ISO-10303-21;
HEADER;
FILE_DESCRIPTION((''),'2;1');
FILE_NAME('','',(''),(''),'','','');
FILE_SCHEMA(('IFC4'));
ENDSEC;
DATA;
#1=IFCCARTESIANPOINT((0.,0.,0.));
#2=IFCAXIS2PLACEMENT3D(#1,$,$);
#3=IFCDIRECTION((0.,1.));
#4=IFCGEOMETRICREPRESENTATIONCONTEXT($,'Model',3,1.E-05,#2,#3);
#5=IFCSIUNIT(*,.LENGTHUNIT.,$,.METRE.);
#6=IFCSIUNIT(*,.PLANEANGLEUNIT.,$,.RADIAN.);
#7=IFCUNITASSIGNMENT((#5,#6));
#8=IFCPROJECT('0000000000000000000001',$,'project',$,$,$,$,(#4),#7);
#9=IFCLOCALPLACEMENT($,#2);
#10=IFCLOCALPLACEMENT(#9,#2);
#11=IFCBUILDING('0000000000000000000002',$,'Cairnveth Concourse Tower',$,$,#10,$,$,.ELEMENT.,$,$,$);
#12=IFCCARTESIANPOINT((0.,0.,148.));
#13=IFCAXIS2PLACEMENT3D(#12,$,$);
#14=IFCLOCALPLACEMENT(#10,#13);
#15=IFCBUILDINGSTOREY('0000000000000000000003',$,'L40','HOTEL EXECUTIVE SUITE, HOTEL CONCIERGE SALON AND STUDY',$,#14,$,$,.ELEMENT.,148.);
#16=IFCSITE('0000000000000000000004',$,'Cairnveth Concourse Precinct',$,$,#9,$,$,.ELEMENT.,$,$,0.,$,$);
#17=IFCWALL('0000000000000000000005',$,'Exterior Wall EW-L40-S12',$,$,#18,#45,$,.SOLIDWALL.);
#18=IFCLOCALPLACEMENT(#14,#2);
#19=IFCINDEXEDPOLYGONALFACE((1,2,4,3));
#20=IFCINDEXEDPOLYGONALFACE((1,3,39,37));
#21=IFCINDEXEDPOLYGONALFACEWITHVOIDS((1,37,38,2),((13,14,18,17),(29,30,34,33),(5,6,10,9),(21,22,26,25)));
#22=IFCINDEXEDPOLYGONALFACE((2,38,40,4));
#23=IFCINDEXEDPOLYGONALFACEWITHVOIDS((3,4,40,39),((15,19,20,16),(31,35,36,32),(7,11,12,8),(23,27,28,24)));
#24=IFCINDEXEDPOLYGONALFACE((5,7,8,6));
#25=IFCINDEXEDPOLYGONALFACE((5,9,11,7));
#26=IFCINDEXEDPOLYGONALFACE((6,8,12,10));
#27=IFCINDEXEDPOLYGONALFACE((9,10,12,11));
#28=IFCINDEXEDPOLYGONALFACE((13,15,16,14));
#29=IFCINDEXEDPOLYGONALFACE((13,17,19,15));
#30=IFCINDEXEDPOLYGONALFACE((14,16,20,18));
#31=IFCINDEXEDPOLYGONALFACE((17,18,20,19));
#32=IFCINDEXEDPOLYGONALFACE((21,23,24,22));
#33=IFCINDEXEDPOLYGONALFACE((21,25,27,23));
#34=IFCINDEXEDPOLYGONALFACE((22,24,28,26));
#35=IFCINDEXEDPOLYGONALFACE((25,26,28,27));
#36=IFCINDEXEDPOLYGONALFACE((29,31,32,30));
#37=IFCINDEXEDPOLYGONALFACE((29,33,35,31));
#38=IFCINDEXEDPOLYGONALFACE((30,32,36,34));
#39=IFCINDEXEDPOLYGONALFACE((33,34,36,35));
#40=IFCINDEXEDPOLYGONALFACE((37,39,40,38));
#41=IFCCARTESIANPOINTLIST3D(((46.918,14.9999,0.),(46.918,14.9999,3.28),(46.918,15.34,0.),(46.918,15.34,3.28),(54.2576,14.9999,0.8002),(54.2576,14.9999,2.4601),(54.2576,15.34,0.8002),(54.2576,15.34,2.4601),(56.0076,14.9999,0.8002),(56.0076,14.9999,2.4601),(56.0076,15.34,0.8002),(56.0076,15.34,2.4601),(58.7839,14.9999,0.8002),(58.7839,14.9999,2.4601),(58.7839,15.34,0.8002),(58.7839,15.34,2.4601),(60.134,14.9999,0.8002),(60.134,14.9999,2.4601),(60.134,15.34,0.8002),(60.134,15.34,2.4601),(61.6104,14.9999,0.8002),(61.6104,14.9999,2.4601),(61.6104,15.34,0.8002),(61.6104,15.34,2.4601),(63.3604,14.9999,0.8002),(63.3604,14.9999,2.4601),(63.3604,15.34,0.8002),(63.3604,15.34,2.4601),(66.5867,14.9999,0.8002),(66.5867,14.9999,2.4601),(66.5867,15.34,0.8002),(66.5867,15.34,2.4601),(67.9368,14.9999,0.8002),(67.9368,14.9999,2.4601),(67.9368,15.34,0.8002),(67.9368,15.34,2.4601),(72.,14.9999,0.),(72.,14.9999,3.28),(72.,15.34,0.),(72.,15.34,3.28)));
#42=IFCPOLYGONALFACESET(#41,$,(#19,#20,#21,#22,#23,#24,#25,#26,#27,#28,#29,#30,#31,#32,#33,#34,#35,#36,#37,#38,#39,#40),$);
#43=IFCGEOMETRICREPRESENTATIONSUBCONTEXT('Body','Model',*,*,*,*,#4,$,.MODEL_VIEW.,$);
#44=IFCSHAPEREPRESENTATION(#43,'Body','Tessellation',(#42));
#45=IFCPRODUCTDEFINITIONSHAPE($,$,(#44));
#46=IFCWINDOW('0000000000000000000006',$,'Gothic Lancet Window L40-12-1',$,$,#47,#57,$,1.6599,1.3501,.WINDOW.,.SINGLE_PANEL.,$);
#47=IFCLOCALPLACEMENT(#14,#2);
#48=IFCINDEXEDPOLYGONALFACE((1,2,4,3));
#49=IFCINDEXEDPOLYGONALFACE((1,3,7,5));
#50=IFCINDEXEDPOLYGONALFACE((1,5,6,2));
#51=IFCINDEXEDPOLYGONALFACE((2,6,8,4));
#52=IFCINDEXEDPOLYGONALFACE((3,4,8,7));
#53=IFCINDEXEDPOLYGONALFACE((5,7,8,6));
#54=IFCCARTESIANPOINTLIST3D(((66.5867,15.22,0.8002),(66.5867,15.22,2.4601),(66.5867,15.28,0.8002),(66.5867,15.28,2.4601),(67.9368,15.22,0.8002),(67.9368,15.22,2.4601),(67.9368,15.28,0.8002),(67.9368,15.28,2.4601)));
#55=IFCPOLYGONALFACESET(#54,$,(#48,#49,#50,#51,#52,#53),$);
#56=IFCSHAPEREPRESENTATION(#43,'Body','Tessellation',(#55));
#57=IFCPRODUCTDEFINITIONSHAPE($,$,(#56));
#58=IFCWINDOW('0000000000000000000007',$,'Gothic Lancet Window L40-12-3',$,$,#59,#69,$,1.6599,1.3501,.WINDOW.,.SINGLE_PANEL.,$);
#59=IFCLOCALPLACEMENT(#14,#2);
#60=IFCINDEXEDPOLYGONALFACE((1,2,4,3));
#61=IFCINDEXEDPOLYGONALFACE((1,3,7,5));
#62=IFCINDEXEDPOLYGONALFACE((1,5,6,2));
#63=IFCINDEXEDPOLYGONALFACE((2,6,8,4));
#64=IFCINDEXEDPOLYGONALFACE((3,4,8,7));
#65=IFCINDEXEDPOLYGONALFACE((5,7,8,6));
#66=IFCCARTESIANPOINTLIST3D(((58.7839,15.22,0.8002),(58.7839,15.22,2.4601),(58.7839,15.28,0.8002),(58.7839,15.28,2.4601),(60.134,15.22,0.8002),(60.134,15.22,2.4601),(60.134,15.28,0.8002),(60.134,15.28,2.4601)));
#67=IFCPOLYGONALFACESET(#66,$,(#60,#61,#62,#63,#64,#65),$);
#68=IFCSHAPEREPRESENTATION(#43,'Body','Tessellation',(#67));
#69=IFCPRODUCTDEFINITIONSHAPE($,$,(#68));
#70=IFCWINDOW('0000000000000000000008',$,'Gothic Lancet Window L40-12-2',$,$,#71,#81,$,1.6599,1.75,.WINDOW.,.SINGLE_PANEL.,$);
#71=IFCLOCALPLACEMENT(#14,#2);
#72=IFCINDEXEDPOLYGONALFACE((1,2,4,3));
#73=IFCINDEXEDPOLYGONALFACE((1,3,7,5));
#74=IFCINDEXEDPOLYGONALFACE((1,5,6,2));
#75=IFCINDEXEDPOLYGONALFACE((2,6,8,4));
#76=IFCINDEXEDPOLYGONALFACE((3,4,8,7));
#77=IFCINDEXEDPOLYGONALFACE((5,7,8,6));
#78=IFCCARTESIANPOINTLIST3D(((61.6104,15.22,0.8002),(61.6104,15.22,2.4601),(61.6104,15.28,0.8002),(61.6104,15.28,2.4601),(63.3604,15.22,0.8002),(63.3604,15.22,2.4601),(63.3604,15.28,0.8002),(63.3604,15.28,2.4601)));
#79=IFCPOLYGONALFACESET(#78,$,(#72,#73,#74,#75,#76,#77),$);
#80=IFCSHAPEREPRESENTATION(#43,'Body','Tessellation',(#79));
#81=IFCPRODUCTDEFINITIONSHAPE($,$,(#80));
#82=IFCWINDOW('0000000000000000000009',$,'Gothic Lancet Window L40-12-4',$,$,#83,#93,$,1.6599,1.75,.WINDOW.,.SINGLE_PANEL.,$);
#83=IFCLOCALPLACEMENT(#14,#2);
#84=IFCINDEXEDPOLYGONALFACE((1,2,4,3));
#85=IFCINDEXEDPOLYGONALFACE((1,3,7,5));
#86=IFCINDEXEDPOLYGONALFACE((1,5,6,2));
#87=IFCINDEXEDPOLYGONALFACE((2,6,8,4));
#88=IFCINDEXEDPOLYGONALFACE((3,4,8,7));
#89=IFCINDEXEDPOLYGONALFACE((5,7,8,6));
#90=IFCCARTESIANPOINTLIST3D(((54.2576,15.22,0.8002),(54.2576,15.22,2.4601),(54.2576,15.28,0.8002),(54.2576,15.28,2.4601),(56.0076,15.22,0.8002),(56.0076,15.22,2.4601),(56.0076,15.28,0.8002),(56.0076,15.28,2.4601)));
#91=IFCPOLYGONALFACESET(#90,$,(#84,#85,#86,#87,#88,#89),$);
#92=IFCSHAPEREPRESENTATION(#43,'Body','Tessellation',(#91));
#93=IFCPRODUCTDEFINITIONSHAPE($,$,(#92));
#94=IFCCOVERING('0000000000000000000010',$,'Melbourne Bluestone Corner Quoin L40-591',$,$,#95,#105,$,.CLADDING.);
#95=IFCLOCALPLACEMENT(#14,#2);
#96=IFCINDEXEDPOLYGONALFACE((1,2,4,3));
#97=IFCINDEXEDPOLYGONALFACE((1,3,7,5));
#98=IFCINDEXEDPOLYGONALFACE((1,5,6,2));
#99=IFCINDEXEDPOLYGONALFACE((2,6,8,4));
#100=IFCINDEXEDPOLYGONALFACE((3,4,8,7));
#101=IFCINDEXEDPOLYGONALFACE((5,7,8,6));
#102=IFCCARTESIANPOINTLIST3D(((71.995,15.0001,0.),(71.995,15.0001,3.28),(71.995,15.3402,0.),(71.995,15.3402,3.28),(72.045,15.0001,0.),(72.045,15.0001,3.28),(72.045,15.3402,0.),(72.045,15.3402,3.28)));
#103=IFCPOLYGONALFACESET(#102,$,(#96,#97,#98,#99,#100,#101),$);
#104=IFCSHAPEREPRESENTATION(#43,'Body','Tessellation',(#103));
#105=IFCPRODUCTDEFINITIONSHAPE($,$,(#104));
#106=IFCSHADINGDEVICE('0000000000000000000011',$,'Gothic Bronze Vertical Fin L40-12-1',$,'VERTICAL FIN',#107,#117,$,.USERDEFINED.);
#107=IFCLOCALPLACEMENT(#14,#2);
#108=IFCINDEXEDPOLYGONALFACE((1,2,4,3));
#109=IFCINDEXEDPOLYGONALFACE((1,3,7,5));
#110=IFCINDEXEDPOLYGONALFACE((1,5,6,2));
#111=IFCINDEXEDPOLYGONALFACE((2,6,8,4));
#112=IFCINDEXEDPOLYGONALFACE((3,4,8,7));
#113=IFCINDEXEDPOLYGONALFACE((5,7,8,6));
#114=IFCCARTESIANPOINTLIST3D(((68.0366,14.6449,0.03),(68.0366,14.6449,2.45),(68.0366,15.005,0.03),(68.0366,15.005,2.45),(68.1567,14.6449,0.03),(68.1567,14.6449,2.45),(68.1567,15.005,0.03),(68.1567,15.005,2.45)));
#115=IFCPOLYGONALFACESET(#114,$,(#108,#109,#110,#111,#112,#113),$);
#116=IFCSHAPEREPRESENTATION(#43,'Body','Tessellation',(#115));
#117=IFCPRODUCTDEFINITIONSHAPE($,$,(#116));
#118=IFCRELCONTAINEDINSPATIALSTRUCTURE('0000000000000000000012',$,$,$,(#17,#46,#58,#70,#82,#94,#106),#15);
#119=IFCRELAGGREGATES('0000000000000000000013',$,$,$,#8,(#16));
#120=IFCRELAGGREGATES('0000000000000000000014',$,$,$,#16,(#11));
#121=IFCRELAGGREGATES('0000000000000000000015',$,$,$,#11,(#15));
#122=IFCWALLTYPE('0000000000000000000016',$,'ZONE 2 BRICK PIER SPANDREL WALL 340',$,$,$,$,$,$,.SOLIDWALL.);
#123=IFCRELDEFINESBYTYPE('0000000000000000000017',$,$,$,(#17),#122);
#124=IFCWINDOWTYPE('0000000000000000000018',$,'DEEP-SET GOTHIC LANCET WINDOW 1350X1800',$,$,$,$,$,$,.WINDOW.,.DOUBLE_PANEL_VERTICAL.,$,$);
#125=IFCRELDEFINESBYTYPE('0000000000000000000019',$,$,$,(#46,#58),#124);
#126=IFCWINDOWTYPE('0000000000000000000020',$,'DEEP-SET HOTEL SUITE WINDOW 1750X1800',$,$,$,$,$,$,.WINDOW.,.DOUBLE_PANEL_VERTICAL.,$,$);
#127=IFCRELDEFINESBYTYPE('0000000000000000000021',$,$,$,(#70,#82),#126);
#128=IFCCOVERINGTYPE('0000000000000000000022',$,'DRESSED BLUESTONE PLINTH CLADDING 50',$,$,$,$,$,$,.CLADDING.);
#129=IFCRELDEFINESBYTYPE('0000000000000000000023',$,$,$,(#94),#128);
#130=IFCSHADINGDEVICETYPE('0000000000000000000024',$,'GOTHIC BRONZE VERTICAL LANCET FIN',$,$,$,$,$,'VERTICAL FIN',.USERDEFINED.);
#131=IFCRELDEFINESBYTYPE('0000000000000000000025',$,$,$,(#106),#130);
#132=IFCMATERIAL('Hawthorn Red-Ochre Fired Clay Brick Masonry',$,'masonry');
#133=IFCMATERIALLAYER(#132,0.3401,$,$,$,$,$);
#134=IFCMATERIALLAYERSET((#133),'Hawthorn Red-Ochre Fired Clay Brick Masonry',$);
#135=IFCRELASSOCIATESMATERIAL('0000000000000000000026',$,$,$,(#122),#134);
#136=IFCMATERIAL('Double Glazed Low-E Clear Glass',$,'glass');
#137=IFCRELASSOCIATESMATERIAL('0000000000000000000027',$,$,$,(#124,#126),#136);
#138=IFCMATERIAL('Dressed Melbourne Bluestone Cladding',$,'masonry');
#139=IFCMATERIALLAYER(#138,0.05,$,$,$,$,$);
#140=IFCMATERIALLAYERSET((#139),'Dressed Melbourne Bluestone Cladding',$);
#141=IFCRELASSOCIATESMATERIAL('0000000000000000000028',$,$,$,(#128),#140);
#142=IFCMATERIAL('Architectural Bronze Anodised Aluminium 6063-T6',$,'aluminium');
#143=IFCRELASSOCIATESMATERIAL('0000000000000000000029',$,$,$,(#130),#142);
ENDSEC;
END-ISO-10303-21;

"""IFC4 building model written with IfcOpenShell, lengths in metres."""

from ifc_helpers import new_model, si_unit, direction, frame, frame_2d, origin, origin_2d, place, context, subcontext, project, spatial, rectangle, extrude, material, layer, layer_set, type_object, element, fill, save


model = new_model("IFC4")

# Units and contexts
model_context = context("Model", 3, precision=1e-05, world=origin(), true_north=direction((0.0, 1.0)))
body_context = subcontext(model_context, "Body", "Model", "MODEL_VIEW")
ifc_project = project(units=[si_unit("LENGTHUNIT", "METRE"), si_unit("PLANEANGLEUNIT", "RADIAN")], contexts=[model_context])

# Site, building, storey
site_placement = place(None, origin())
site = spatial("IfcSite", under=ifc_project, at=site_placement, Name="Cairnveth Concourse Precinct", CompositionType="ELEMENT", RefElevation=0.0)
building_placement = place(site_placement, origin())
building = spatial("IfcBuilding", under=site, at=building_placement, Name="Cairnveth Concourse Tower", CompositionType="ELEMENT")
storey_placement = place(building_placement, frame((0.0, 0.0, 148.0)))
storey = spatial("IfcBuildingStorey", under=building, at=storey_placement, Name="L40", Description="HOTEL EXECUTIVE SUITE, HOTEL CONCIERGE SALON AND STUDY", CompositionType="ELEMENT", Elevation=148.0)

# Wall, openings, windows
ifc_material_1 = material(Name="Hawthorn Red-Ochre Fired Clay Brick Masonry", Category="masonry")
ifc_layer_1 = layer(ifc_material_1, 0.3401)
ifc_layer_set_1 = layer_set([ifc_layer_1], Name="Hawthorn Red-Ochre Fired Clay Brick Masonry")
wall_type_1 = type_object("IfcWallType", Name="ZONE 2 BRICK PIER SPANDREL WALL 340", PredefinedType="SOLIDWALL", material=ifc_layer_set_1)
wall_1_placement = place(storey_placement, frame((72.0, 15.1699, 0.0), z_axis=(0.0, 0.0, 1.0), x_axis=(-1.0, 0.0, 0.0)))
wall_1 = element("IfcWall", 1, at=wall_1_placement, inside=storey, type_object=wall_type_1, Name="Exterior Wall EW-L40-S12", PredefinedType="SOLIDWALL", context=body_context, shape_type="SweptSolid", body=[
    extrude(rectangle(XDim=25.082, YDim=0.3401, at=frame_2d((12.541, 0.0))), origin(), (0.0, 0.0, 1.0), 3.28),
])
opening_1_placement = place(wall_1_placement, frame((4.0632, 0.0, 0.8)))
opening_1 = element("IfcOpeningElement", 2, at=opening_1_placement, cuts=wall_1, PredefinedType="OPENING", context=body_context, shape_type="SweptSolid", body=[
    extrude(rectangle(XDim=1.3501, YDim=1.6599, at=frame_2d((0.675, 0.8301))), frame((0.0, 0.1799, 0.0), z_axis=(0.0, -1.0, 0.0), x_axis=(1.0, 0.0, 0.0)), (0.0, 0.0, 1.0), 0.3601),
])
opening_2_placement = place(wall_1_placement, frame((8.6396, 0.0, 0.8)))
opening_2 = element("IfcOpeningElement", 3, at=opening_2_placement, cuts=wall_1, PredefinedType="OPENING", context=body_context, shape_type="SweptSolid", body=[
    extrude(rectangle(XDim=1.75, YDim=1.6599, at=frame_2d((0.875, 0.8301))), frame((0.0, 0.1799, 0.0), z_axis=(0.0, -1.0, 0.0), x_axis=(1.0, 0.0, 0.0)), (0.0, 0.0, 1.0), 0.3601),
])
opening_3_placement = place(wall_1_placement, frame((11.866, 0.0, 0.8)))
opening_3 = element("IfcOpeningElement", 4, at=opening_3_placement, cuts=wall_1, PredefinedType="OPENING", context=body_context, shape_type="SweptSolid", body=[
    extrude(rectangle(XDim=1.3501, YDim=1.6599, at=frame_2d((0.675, 0.8301))), frame((0.0, 0.1799, 0.0), z_axis=(0.0, -1.0, 0.0), x_axis=(1.0, 0.0, 0.0)), (0.0, 0.0, 1.0), 0.3601),
])
opening_4_placement = place(wall_1_placement, frame((15.9924, 0.0, 0.8)))
opening_4 = element("IfcOpeningElement", 5, at=opening_4_placement, cuts=wall_1, PredefinedType="OPENING", context=body_context, shape_type="SweptSolid", body=[
    extrude(rectangle(XDim=1.75, YDim=1.6599, at=frame_2d((0.875, 0.8301))), frame((0.0, 0.1799, 0.0), z_axis=(0.0, -1.0, 0.0), x_axis=(1.0, 0.0, 0.0)), (0.0, 0.0, 1.0), 0.3601),
])
ifc_material_2 = material(Name="Double Glazed Low-E Clear Glass", Category="glass")
window_type_1 = type_object("IfcWindowType", Name="DEEP-SET GOTHIC LANCET WINDOW 1350X1800", PartitioningType="DOUBLE_PANEL_VERTICAL", PredefinedType="WINDOW", material=ifc_material_2)
window_1_placement = place(opening_1_placement, origin())
window_1 = element("IfcWindow", 6, at=window_1_placement, inside=storey, type_object=window_type_1, Name="Gothic Lancet Window L40-12-1", OverallHeight=1.6599, OverallWidth=1.3501, PartitioningType="SINGLE_PANEL", PredefinedType="WINDOW", context=body_context, shape_type="SweptSolid", body=[
    extrude(rectangle(XDim=1.3501, YDim=1.6599, at=frame_2d((0.675, 0.8301))), frame((0.0, -0.05, 0.0), z_axis=(0.0, -1.0, 0.0), x_axis=(1.0, 0.0, 0.0)), (0.0, 0.0, 1.0), 0.0601),
])
fill(opening_1, window_1)
window_2_placement = place(opening_3_placement, origin())
window_2 = element("IfcWindow", 7, at=window_2_placement, inside=storey, type_object=window_type_1, Name="Gothic Lancet Window L40-12-3", OverallHeight=1.6599, OverallWidth=1.3501, PartitioningType="SINGLE_PANEL", PredefinedType="WINDOW", context=body_context, shape_type="SweptSolid", body=[
    extrude(rectangle(XDim=1.3501, YDim=1.6599, at=frame_2d((0.675, 0.8301))), frame((0.0, -0.05, 0.0), z_axis=(0.0, -1.0, 0.0), x_axis=(1.0, 0.0, 0.0)), (0.0, 0.0, 1.0), 0.0601),
])
fill(opening_3, window_2)
window_type_2 = type_object("IfcWindowType", Name="DEEP-SET HOTEL SUITE WINDOW 1750X1800", PartitioningType="DOUBLE_PANEL_VERTICAL", PredefinedType="WINDOW", material=ifc_material_2)
window_3_placement = place(opening_2_placement, origin())
window_3 = element("IfcWindow", 8, at=window_3_placement, inside=storey, type_object=window_type_2, Name="Gothic Lancet Window L40-12-2", OverallHeight=1.6599, OverallWidth=1.75, PartitioningType="SINGLE_PANEL", PredefinedType="WINDOW", context=body_context, shape_type="SweptSolid", body=[
    extrude(rectangle(XDim=1.75, YDim=1.6599, at=frame_2d((0.875, 0.8301))), frame((0.0, -0.05, 0.0), z_axis=(0.0, -1.0, 0.0), x_axis=(1.0, 0.0, 0.0)), (0.0, 0.0, 1.0), 0.0601),
])
fill(opening_2, window_3)
window_4_placement = place(opening_4_placement, origin())
window_4 = element("IfcWindow", 9, at=window_4_placement, inside=storey, type_object=window_type_2, Name="Gothic Lancet Window L40-12-4", OverallHeight=1.6599, OverallWidth=1.75, PartitioningType="SINGLE_PANEL", PredefinedType="WINDOW", context=body_context, shape_type="SweptSolid", body=[
    extrude(rectangle(XDim=1.75, YDim=1.6599, at=frame_2d((0.875, 0.8301))), frame((0.0, -0.05, 0.0), z_axis=(0.0, -1.0, 0.0), x_axis=(1.0, 0.0, 0.0)), (0.0, 0.0, 1.0), 0.0601),
])
fill(opening_4, window_4)

# Covering
ifc_material_3 = material(Name="Dressed Melbourne Bluestone Cladding", Category="masonry")
ifc_layer_2 = layer(ifc_material_3, 0.05)
ifc_layer_set_2 = layer_set([ifc_layer_2], Name="Dressed Melbourne Bluestone Cladding")
covering_type = type_object("IfcCoveringType", Name="DRESSED BLUESTONE PLINTH CLADDING 50", PredefinedType="CLADDING", material=ifc_layer_set_2)
covering_placement = place(storey_placement, frame((72.02, 15.3401, 0.0), z_axis=(0.0, 0.0, 1.0), x_axis=(0.0, -1.0, 0.0)))
element("IfcCovering", 10, at=covering_placement, inside=storey, type_object=covering_type, Name="Melbourne Bluestone Corner Quoin L40-591", PredefinedType="CLADDING", context=body_context, shape_type="SweptSolid", body=[
    extrude(rectangle(XDim=0.3401, YDim=0.05, at=frame_2d((0.1699, 0.0))), origin(), (0.0, 0.0, 1.0), 3.28),
])

# Shading device
ifc_material_4 = material(Name="Architectural Bronze Anodised Aluminium 6063-T6", Category="aluminium")
shading_device_type = type_object("IfcShadingDeviceType", Name="GOTHIC BRONZE VERTICAL LANCET FIN", ElementType="VERTICAL FIN", PredefinedType="USERDEFINED", material=ifc_material_4)
shading_device_placement = place(storey_placement, frame((68.0967, 14.825, 0.03), z_axis=(0.0, 0.0, 1.0), x_axis=(1.0, 0.0, 0.0)))
element("IfcShadingDevice", 11, at=shading_device_placement, inside=storey, type_object=shading_device_type, Name="Gothic Bronze Vertical Fin L40-12-1", ObjectType="VERTICAL FIN", PredefinedType="USERDEFINED", context=body_context, shape_type="SweptSolid", body=[
    extrude(rectangle(XDim=0.1201, YDim=0.3601, at=origin_2d()), origin(), (0.0, 0.0, 1.0), 2.4199),
])

save(model, "model.ifc")
